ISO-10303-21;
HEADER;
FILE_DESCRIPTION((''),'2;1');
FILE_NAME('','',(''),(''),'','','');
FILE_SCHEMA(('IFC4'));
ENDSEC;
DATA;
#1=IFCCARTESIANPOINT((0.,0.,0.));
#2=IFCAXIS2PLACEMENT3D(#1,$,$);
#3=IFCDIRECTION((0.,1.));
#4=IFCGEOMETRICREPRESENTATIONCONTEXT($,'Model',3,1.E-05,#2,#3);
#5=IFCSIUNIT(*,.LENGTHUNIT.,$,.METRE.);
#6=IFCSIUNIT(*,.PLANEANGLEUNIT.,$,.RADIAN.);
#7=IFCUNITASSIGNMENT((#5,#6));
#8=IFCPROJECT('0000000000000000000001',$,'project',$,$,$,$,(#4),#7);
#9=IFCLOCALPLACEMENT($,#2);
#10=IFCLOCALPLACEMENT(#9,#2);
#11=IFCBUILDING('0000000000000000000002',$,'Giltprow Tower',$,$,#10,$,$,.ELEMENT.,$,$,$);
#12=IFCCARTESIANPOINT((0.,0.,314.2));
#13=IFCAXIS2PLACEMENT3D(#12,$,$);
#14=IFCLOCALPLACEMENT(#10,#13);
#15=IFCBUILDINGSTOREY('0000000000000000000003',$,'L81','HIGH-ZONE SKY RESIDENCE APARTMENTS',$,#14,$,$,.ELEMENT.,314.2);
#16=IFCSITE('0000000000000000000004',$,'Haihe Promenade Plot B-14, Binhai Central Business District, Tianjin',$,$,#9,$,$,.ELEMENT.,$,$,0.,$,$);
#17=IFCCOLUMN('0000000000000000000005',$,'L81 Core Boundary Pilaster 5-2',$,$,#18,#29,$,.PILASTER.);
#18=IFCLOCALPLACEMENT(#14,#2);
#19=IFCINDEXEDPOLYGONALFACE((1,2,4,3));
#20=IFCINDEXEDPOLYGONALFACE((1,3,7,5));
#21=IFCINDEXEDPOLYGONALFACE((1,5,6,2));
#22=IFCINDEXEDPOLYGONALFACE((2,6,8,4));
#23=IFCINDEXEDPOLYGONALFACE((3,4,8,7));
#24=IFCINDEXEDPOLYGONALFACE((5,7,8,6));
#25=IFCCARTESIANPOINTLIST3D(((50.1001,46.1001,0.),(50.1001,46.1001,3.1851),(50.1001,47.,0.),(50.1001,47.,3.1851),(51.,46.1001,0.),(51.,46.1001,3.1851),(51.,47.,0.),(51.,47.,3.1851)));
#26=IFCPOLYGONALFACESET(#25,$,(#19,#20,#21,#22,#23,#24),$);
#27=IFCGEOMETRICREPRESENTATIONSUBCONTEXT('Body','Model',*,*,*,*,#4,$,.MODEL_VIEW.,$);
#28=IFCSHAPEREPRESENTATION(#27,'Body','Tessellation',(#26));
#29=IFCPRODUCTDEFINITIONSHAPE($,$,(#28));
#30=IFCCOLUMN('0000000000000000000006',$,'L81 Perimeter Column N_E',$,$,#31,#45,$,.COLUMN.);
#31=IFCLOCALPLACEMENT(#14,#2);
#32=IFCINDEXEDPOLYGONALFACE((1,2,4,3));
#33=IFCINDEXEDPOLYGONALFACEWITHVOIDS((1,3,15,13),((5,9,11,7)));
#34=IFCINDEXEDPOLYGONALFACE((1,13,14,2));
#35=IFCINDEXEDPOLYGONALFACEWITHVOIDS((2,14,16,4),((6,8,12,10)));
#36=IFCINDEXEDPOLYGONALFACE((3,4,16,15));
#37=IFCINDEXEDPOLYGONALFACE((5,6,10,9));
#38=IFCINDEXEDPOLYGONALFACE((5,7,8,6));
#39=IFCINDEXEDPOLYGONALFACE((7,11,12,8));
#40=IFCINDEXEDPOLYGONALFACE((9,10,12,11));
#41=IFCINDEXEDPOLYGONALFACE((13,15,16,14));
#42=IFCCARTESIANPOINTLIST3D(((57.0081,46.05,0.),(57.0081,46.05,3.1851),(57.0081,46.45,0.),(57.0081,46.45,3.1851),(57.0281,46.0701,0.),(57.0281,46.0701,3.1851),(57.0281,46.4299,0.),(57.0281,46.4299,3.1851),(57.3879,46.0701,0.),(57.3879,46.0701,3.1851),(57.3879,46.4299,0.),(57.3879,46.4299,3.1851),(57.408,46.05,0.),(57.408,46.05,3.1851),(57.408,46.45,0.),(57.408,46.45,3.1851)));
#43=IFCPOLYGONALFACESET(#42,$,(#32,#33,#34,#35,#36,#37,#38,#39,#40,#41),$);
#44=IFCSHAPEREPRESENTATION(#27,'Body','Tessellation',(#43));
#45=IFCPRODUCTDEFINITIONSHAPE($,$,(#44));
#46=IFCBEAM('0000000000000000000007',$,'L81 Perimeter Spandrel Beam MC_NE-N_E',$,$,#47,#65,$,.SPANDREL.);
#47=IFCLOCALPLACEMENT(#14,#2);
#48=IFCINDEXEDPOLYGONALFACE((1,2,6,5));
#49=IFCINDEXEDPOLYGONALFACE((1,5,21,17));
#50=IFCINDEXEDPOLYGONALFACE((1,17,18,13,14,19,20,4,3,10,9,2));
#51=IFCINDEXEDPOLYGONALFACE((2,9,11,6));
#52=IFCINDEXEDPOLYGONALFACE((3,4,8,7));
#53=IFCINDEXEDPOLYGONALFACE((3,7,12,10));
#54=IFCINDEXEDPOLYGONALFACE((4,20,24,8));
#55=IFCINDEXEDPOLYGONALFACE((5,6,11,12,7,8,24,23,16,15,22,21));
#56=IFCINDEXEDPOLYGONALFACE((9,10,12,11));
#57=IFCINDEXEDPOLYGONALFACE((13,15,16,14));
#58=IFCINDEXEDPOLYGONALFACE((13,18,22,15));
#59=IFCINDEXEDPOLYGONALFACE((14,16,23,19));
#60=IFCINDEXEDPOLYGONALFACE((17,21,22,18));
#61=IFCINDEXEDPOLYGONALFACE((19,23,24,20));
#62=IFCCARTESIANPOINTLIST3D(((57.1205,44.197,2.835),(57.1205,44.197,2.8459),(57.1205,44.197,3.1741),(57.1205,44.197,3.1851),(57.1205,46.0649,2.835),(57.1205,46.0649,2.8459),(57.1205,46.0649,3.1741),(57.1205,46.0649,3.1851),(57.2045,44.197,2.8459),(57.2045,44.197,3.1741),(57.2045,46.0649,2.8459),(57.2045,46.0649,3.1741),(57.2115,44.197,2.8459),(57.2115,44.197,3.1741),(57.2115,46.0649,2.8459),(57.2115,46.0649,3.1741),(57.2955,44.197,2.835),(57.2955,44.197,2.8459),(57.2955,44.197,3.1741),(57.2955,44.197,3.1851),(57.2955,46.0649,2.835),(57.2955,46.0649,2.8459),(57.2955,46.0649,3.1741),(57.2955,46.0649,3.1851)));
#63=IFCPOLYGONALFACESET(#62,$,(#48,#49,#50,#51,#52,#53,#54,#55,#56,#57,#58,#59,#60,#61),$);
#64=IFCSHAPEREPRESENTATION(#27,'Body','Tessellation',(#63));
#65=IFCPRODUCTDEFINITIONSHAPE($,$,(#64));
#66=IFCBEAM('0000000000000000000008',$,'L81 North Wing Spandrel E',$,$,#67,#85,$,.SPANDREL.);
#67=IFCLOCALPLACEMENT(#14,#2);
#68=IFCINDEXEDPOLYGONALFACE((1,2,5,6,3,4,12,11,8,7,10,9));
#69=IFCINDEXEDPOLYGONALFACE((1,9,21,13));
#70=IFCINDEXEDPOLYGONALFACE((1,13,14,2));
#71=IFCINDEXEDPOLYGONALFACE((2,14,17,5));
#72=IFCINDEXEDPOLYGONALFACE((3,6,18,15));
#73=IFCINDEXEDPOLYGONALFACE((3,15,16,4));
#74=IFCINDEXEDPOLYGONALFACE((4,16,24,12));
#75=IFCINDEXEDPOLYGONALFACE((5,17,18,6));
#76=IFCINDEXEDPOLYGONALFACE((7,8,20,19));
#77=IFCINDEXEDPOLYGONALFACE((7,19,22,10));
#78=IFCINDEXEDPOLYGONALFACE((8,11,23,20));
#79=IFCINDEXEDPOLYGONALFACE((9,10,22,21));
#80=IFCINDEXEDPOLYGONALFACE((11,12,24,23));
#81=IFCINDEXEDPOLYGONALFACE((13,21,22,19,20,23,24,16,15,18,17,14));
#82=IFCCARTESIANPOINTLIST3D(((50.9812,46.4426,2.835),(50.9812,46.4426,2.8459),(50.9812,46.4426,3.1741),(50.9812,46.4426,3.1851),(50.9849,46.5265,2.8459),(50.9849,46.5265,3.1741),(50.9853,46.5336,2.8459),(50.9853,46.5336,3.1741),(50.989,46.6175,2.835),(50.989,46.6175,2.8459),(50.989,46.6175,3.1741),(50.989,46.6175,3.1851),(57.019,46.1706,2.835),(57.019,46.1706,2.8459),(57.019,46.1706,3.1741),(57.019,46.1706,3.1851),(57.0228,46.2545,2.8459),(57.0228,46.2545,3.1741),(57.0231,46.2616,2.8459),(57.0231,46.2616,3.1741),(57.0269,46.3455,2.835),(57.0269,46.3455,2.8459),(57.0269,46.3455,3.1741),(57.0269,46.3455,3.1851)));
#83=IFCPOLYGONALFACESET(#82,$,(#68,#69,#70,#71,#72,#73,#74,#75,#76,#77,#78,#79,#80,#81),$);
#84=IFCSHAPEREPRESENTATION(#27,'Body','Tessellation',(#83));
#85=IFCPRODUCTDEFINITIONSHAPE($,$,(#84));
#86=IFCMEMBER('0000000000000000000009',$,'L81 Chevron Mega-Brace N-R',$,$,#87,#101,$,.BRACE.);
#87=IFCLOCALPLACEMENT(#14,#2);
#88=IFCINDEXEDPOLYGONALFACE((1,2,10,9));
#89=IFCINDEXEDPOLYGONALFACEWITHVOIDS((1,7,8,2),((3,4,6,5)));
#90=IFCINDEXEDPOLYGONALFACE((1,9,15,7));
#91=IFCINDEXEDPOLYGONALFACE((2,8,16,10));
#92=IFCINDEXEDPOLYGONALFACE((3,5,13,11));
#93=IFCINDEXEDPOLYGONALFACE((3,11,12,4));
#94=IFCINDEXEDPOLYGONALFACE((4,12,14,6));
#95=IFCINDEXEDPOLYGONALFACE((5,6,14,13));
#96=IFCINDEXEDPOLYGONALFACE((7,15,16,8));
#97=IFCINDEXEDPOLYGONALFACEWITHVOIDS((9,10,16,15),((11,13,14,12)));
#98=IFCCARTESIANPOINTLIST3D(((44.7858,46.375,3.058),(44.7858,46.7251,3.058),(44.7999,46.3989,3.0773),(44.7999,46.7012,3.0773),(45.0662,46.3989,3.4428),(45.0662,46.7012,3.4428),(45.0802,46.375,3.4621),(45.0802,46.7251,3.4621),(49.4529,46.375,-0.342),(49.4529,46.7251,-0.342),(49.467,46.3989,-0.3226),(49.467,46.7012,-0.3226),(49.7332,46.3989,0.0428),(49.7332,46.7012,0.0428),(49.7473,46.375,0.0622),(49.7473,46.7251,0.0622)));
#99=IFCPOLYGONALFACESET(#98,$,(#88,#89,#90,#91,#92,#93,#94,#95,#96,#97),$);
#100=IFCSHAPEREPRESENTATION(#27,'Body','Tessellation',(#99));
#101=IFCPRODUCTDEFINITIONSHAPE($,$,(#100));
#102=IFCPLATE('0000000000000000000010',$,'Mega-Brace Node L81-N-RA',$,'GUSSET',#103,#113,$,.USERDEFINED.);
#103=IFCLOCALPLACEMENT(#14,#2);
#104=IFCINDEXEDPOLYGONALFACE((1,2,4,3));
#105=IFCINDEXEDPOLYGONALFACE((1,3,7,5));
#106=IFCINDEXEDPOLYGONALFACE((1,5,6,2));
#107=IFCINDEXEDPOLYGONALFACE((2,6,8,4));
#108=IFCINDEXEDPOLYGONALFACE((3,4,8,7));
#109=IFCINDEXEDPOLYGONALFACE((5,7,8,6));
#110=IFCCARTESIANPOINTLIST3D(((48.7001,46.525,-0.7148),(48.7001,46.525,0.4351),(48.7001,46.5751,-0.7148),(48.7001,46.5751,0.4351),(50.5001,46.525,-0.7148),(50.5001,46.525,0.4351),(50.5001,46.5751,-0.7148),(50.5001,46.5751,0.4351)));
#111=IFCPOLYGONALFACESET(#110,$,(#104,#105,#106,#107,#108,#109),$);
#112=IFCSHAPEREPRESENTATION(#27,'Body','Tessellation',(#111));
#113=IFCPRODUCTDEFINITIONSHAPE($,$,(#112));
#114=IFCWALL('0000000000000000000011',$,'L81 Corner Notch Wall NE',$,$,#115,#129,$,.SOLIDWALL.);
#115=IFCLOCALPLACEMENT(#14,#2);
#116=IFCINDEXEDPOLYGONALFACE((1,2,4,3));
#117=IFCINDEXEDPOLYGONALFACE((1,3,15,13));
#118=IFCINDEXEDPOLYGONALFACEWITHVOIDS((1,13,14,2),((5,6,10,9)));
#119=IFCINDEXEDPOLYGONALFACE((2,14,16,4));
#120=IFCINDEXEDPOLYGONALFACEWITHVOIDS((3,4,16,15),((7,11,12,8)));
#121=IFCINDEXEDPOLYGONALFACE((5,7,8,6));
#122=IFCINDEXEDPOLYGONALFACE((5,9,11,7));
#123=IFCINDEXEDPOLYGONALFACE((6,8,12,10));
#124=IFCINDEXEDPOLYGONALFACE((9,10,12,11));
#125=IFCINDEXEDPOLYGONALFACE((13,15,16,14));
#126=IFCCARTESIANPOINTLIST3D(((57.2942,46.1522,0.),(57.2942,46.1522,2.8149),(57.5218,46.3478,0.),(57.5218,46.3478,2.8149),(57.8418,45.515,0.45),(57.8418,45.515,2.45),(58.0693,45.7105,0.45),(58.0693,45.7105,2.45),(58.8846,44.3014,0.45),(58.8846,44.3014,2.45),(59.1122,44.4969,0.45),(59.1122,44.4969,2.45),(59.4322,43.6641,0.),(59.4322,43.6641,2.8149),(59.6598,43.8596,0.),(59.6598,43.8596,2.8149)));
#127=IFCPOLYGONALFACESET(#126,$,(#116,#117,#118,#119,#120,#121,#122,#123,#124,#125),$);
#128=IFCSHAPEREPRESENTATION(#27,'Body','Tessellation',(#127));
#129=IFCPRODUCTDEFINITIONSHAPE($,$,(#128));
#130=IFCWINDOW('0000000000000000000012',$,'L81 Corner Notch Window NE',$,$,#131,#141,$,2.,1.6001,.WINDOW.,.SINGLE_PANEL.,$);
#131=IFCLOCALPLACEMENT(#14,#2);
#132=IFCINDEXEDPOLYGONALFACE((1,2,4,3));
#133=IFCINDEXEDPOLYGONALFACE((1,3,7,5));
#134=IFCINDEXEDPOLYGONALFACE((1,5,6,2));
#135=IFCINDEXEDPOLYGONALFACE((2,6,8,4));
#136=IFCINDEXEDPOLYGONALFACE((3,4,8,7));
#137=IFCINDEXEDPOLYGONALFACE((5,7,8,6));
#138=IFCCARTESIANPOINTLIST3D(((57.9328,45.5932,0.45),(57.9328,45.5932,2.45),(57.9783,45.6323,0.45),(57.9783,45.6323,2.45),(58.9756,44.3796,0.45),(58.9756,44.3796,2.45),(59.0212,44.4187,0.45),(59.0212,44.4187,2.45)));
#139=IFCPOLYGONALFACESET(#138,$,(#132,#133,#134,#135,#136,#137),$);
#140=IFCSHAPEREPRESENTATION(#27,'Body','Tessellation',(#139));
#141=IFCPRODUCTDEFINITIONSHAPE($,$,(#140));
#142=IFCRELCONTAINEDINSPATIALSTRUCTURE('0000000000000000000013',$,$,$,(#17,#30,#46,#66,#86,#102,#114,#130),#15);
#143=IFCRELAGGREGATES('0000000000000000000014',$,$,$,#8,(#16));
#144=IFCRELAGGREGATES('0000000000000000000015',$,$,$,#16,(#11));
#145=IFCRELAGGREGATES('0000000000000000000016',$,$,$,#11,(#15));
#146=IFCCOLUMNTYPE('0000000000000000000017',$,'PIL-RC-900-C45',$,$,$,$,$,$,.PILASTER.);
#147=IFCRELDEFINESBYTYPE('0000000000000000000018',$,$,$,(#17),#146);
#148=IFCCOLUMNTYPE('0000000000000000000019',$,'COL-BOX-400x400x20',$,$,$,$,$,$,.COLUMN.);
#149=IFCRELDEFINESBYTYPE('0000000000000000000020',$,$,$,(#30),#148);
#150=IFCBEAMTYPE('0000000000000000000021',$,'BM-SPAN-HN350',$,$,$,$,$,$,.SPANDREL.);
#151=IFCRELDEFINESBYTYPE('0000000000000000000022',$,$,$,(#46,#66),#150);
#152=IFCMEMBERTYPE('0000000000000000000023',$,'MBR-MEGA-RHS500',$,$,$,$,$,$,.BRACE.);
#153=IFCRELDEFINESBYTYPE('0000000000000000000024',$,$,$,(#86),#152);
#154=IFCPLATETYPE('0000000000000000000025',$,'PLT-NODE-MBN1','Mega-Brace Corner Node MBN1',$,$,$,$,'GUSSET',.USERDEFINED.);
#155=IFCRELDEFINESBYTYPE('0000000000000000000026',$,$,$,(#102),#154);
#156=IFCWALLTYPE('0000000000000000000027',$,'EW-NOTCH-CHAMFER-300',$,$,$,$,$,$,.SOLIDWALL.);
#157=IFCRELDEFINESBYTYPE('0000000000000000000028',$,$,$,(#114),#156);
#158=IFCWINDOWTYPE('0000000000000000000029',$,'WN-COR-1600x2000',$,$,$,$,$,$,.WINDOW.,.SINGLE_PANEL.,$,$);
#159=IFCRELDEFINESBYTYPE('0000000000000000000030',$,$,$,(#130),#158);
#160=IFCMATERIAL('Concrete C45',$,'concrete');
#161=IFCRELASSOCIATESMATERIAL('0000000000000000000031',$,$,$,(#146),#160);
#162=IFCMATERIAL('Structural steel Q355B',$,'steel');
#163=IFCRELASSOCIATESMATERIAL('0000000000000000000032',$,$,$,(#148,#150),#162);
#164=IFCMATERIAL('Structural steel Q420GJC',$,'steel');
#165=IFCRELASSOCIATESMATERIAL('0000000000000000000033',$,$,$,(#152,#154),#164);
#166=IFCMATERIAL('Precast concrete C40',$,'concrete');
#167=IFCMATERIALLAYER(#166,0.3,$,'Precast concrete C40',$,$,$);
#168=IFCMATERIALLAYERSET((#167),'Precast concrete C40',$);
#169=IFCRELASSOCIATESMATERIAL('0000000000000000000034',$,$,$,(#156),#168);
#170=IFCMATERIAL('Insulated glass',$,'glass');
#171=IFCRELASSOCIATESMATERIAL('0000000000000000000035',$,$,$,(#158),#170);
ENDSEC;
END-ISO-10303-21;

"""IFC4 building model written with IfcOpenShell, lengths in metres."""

from ifc_helpers import new_model, si_unit, direction, frame, frame_2d, origin, origin_2d, place, context, subcontext, project, spatial, rectangle, hollow_rectangle, i_section, extrude, source, transform, mapped, material, layer, layer_set, material_profile, profile_set, type_object, element, fill, save


model = new_model("IFC4")

# Units and contexts
model_context = context("Model", 3, precision=1e-05, world=origin(), true_north=direction((0.0, 1.0)))
body_context = subcontext(model_context, "Body", "Model", "MODEL_VIEW")
ifc_project = project(units=[si_unit("LENGTHUNIT", "METRE"), si_unit("PLANEANGLEUNIT", "RADIAN")], contexts=[model_context])

# Site, building, storey
site_placement = place(None, origin())
site = spatial("IfcSite", under=ifc_project, at=site_placement, Name="Haihe Promenade Plot B-14, Binhai Central Business District, Tianjin", CompositionType="ELEMENT", RefElevation=0.0)
building_placement = place(site_placement, origin())
building = spatial("IfcBuilding", under=site, at=building_placement, Name="Giltprow Tower", CompositionType="ELEMENT")
storey_placement = place(building_placement, frame((0.0, 0.0, 314.2)))
storey = spatial("IfcBuildingStorey", under=building, at=storey_placement, Name="L81", Description="HIGH-ZONE SKY RESIDENCE APARTMENTS", CompositionType="ELEMENT", Elevation=314.2)

# Columns
ifc_material_1 = material(Name="Concrete C45", Category="concrete")
ifc_material_profile_1 = material_profile(ifc_material_1, rectangle(XDim=0.8999, YDim=0.8999, at=origin_2d()), Name="RC 900x900")
ifc_profile_set_1 = profile_set([ifc_material_profile_1], Name="Concrete C45")
column_type_1 = type_object("IfcColumnType", Name="PIL-RC-900-C45", PredefinedType="PILASTER", material=ifc_profile_set_1)
shared_shape_1 = source(origin(), body_context, "Body", "SweptSolid", [
    extrude(rectangle(XDim=0.8999, YDim=0.8999, at=origin_2d()), origin(), (0.0, 0.0, 1.0), 3.1851),
])
column_1_placement = place(storey_placement, frame((50.55, 46.55, 0.0), z_axis=(0.0, 0.0, 1.0), x_axis=(1.0, 0.0, 0.0)))
element("IfcColumn", 1, at=column_1_placement, inside=storey, type_object=column_type_1, Name="L81 Core Boundary Pilaster 5-2", PredefinedType="PILASTER", context=body_context, shape_type="MappedRepresentation", body=[
    mapped(shared_shape_1, transform((0.0, 0.0, 0.0), x_axis=(1.0, 0.0, 0.0), y_axis=(0.0, 1.0, 0.0), z_axis=(0.0, 0.0, 1.0), scale=1.0)),
])
ifc_material_2 = material(Name="Structural steel Q355B", Category="steel")
ifc_material_profile_2 = material_profile(ifc_material_2, hollow_rectangle(XDim=0.3999, YDim=0.3999, WallThickness=0.02, at=origin_2d()), Name="BOX 400x400x20")
ifc_profile_set_2 = profile_set([ifc_material_profile_2], Name="Structural steel Q355B")
column_type_2 = type_object("IfcColumnType", Name="COL-BOX-400x400x20", PredefinedType="COLUMN", material=ifc_profile_set_2)
shared_shape_2 = source(origin(), body_context, "Body", "SweptSolid", [
    extrude(hollow_rectangle(XDim=0.3999, YDim=0.3999, WallThickness=0.02, at=origin_2d()), origin(), (0.0, 0.0, 1.0), 3.1851),
])
column_2_placement = place(storey_placement, frame((57.208, 46.25, 0.0), z_axis=(0.0, 0.0, 1.0), x_axis=(1.0, 0.0, 0.0)))
element("IfcColumn", 2, at=column_2_placement, inside=storey, type_object=column_type_2, Name="L81 Perimeter Column N_E", PredefinedType="COLUMN", context=body_context, shape_type="MappedRepresentation", body=[
    mapped(shared_shape_2, transform((0.0, 0.0, 0.0), x_axis=(1.0, 0.0, 0.0), y_axis=(0.0, 1.0, 0.0), z_axis=(0.0, 0.0, 1.0), scale=1.0)),
])

# Beams
ifc_material_profile_3 = material_profile(ifc_material_2, i_section(OverallWidth=0.175, OverallDepth=0.3501, WebThickness=0.0071, FlangeThickness=0.011, at=origin_2d()), Name="HN 350x175x7x11")
ifc_profile_set_3 = profile_set([ifc_material_profile_3], Name="Structural steel Q355B")
beam_type = type_object("IfcBeamType", Name="BM-SPAN-HN350", PredefinedType="SPANDREL", material=ifc_profile_set_3)
shared_shape_3 = source(origin(), body_context, "Body", "SweptSolid", [
    extrude(i_section(OverallWidth=0.175, OverallDepth=0.3501, WebThickness=0.0071, FlangeThickness=0.011, at=origin_2d()), origin(), (0.0, 0.0, 1.0), 1.8679),
])
beam_1_placement = place(storey_placement, frame((57.208, 44.197, 3.01), z_axis=(0.0, 1.0, 0.0), x_axis=(-1.0, 0.0, 0.0)))
element("IfcBeam", 3, at=beam_1_placement, inside=storey, type_object=beam_type, Name="L81 Perimeter Spandrel Beam MC_NE-N_E", PredefinedType="SPANDREL", context=body_context, shape_type="MappedRepresentation", body=[
    mapped(shared_shape_3, transform((0.0, 0.0, 0.0), x_axis=(1.0, 0.0, 0.0), y_axis=(0.0, 1.0, 0.0), z_axis=(0.0, 0.0, 1.0), scale=1.0)),
])
shared_shape_4 = source(origin(), body_context, "Body", "SweptSolid", [
    extrude(i_section(OverallWidth=0.175, OverallDepth=0.3501, WebThickness=0.0071, FlangeThickness=0.011, at=origin_2d()), origin(), (0.0, 0.0, 1.0), 6.0439),
])
beam_2_placement = place(storey_placement, frame((50.9851, 46.53, 3.01), z_axis=(0.998987, -0.044999, 0.0), x_axis=(0.044999, 0.998987, 0.0)))
element("IfcBeam", 4, at=beam_2_placement, inside=storey, type_object=beam_type, Name="L81 North Wing Spandrel E", PredefinedType="SPANDREL", context=body_context, shape_type="MappedRepresentation", body=[
    mapped(shared_shape_4, transform((0.0, 0.0, 0.0), x_axis=(1.0, 0.0, 0.0), y_axis=(0.0, 1.0, 0.0), z_axis=(0.0, 0.0, 1.0), scale=1.0)),
])

# Member
ifc_material_3 = material(Name="Structural steel Q420GJC", Category="steel")
ifc_material_profile_4 = material_profile(ifc_material_3, hollow_rectangle(XDim=0.3501, YDim=0.5, WallThickness=0.0239, at=origin_2d()), Name="RHS 500x350x24")
ifc_profile_set_4 = profile_set([ifc_material_profile_4], Name="Structural steel Q420GJC")
member_type = type_object("IfcMemberType", Name="MBR-MEGA-RHS500", PredefinedType="BRACE", material=ifc_profile_set_4)
shared_shape_5 = source(origin(), body_context, "Body", "SweptSolid", [
    extrude(hollow_rectangle(XDim=0.3501, YDim=0.5, WallThickness=0.0239, at=origin_2d()), origin(), (0.0, 0.0, 1.0), 5.7742),
])
member_placement = place(storey_placement, frame((49.6001, 46.55, -0.1399), z_axis=(-0.808264, 0.0, 0.58882), x_axis=(0.0, -1.0, 0.0)))
element("IfcMember", 5, at=member_placement, inside=storey, type_object=member_type, Name="L81 Chevron Mega-Brace N-R", PredefinedType="BRACE", context=body_context, shape_type="MappedRepresentation", body=[
    mapped(shared_shape_5, transform((0.0, 0.0, 0.0), x_axis=(1.0, 0.0, 0.0), y_axis=(0.0, 1.0, 0.0), z_axis=(0.0, 0.0, 1.0), scale=1.0)),
])

# Plate
plate_type = type_object("IfcPlateType", Name="PLT-NODE-MBN1", Description="Mega-Brace Corner Node MBN1", ElementType="GUSSET", PredefinedType="USERDEFINED", material=ifc_material_3)
shared_shape_6 = source(origin(), body_context, "Body", "SweptSolid", [
    extrude(rectangle(XDim=1.8, YDim=0.05, at=origin_2d()), origin(), (0.0, 0.0, 1.0), 1.1499),
])
plate_placement = place(storey_placement, frame((49.6001, 46.55, -0.7148), z_axis=(0.0, 0.0, 1.0), x_axis=(1.0, 0.0, 0.0)))
element("IfcPlate", 6, at=plate_placement, inside=storey, type_object=plate_type, Name="Mega-Brace Node L81-N-RA", ObjectType="GUSSET", PredefinedType="USERDEFINED", context=body_context, shape_type="MappedRepresentation", body=[
    mapped(shared_shape_6, transform((0.0, 0.0, 0.0), x_axis=(1.0, 0.0, 0.0), y_axis=(0.0, 1.0, 0.0), z_axis=(0.0, 0.0, 1.0), scale=1.0)),
])

# Wall, opening, window
ifc_material_4 = material(Name="Precast concrete C40", Category="concrete")
ifc_layer_1 = layer(ifc_material_4, 0.3, Name="Precast concrete C40")
ifc_layer_set_1 = layer_set([ifc_layer_1], Name="Precast concrete C40")
wall_type_1 = type_object("IfcWallType", Name="EW-NOTCH-CHAMFER-300", PredefinedType="SOLIDWALL", material=ifc_layer_set_1)
wall_1_placement = place(storey_placement, frame((59.5459, 43.762, 0.0), z_axis=(0.0, 0.0, 1.0), x_axis=(-0.651729, 0.758452, 0.0)))
wall_1 = element("IfcWall", 7, at=wall_1_placement, inside=storey, type_object=wall_type_1, Name="L81 Corner Notch Wall NE", PredefinedType="SOLIDWALL", context=body_context, shape_type="SweptSolid", body=[
    extrude(rectangle(XDim=3.2805, YDim=0.3, at=frame_2d((1.6401, 0.0))), origin(), (0.0, 0.0, 1.0), 2.8149),
])
opening_1_placement = place(wall_1_placement, frame((0.8401, 0.0, 0.45)))
opening_1 = element("IfcOpeningElement", 8, at=opening_1_placement, cuts=wall_1, PredefinedType="OPENING", context=body_context, shape_type="SweptSolid", body=[
    extrude(rectangle(XDim=1.6001, YDim=2.0, at=frame_2d((0.8, 1.0))), frame((0.0, 0.1599, 0.0), z_axis=(0.0, -1.0, 0.0), x_axis=(1.0, 0.0, 0.0)), (0.0, 0.0, 1.0), 0.3201),
])
ifc_material_5 = material(Name="Insulated glass", Category="glass")
window_type = type_object("IfcWindowType", Name="WN-COR-1600x2000", PartitioningType="SINGLE_PANEL", PredefinedType="WINDOW", material=ifc_material_5)
shared_shape_7 = source(origin(), body_context, "Body", "SweptSolid", [
    extrude(rectangle(XDim=1.6001, YDim=2.0, at=frame_2d((0.8, 1.0))), frame((0.0, 0.03, 0.0), z_axis=(0.0, -1.0, 0.0), x_axis=(1.0, 0.0, 0.0)), (0.0, 0.0, 1.0), 0.0601),
])
window_1_placement = place(opening_1_placement, origin())
window_1 = element("IfcWindow", 9, at=window_1_placement, inside=storey, type_object=window_type, Name="L81 Corner Notch Window NE", OverallHeight=2.0, OverallWidth=1.6001, PartitioningType="SINGLE_PANEL", PredefinedType="WINDOW", context=body_context, shape_type="MappedRepresentation", body=[
    mapped(shared_shape_7, transform((0.0, 0.0, 0.0), x_axis=(1.0, 0.0, 0.0), y_axis=(0.0, 1.0, 0.0), z_axis=(0.0, 0.0, 1.0), scale=1.0)),
])
fill(opening_1, window_1)

save(model, "model.ifc")
